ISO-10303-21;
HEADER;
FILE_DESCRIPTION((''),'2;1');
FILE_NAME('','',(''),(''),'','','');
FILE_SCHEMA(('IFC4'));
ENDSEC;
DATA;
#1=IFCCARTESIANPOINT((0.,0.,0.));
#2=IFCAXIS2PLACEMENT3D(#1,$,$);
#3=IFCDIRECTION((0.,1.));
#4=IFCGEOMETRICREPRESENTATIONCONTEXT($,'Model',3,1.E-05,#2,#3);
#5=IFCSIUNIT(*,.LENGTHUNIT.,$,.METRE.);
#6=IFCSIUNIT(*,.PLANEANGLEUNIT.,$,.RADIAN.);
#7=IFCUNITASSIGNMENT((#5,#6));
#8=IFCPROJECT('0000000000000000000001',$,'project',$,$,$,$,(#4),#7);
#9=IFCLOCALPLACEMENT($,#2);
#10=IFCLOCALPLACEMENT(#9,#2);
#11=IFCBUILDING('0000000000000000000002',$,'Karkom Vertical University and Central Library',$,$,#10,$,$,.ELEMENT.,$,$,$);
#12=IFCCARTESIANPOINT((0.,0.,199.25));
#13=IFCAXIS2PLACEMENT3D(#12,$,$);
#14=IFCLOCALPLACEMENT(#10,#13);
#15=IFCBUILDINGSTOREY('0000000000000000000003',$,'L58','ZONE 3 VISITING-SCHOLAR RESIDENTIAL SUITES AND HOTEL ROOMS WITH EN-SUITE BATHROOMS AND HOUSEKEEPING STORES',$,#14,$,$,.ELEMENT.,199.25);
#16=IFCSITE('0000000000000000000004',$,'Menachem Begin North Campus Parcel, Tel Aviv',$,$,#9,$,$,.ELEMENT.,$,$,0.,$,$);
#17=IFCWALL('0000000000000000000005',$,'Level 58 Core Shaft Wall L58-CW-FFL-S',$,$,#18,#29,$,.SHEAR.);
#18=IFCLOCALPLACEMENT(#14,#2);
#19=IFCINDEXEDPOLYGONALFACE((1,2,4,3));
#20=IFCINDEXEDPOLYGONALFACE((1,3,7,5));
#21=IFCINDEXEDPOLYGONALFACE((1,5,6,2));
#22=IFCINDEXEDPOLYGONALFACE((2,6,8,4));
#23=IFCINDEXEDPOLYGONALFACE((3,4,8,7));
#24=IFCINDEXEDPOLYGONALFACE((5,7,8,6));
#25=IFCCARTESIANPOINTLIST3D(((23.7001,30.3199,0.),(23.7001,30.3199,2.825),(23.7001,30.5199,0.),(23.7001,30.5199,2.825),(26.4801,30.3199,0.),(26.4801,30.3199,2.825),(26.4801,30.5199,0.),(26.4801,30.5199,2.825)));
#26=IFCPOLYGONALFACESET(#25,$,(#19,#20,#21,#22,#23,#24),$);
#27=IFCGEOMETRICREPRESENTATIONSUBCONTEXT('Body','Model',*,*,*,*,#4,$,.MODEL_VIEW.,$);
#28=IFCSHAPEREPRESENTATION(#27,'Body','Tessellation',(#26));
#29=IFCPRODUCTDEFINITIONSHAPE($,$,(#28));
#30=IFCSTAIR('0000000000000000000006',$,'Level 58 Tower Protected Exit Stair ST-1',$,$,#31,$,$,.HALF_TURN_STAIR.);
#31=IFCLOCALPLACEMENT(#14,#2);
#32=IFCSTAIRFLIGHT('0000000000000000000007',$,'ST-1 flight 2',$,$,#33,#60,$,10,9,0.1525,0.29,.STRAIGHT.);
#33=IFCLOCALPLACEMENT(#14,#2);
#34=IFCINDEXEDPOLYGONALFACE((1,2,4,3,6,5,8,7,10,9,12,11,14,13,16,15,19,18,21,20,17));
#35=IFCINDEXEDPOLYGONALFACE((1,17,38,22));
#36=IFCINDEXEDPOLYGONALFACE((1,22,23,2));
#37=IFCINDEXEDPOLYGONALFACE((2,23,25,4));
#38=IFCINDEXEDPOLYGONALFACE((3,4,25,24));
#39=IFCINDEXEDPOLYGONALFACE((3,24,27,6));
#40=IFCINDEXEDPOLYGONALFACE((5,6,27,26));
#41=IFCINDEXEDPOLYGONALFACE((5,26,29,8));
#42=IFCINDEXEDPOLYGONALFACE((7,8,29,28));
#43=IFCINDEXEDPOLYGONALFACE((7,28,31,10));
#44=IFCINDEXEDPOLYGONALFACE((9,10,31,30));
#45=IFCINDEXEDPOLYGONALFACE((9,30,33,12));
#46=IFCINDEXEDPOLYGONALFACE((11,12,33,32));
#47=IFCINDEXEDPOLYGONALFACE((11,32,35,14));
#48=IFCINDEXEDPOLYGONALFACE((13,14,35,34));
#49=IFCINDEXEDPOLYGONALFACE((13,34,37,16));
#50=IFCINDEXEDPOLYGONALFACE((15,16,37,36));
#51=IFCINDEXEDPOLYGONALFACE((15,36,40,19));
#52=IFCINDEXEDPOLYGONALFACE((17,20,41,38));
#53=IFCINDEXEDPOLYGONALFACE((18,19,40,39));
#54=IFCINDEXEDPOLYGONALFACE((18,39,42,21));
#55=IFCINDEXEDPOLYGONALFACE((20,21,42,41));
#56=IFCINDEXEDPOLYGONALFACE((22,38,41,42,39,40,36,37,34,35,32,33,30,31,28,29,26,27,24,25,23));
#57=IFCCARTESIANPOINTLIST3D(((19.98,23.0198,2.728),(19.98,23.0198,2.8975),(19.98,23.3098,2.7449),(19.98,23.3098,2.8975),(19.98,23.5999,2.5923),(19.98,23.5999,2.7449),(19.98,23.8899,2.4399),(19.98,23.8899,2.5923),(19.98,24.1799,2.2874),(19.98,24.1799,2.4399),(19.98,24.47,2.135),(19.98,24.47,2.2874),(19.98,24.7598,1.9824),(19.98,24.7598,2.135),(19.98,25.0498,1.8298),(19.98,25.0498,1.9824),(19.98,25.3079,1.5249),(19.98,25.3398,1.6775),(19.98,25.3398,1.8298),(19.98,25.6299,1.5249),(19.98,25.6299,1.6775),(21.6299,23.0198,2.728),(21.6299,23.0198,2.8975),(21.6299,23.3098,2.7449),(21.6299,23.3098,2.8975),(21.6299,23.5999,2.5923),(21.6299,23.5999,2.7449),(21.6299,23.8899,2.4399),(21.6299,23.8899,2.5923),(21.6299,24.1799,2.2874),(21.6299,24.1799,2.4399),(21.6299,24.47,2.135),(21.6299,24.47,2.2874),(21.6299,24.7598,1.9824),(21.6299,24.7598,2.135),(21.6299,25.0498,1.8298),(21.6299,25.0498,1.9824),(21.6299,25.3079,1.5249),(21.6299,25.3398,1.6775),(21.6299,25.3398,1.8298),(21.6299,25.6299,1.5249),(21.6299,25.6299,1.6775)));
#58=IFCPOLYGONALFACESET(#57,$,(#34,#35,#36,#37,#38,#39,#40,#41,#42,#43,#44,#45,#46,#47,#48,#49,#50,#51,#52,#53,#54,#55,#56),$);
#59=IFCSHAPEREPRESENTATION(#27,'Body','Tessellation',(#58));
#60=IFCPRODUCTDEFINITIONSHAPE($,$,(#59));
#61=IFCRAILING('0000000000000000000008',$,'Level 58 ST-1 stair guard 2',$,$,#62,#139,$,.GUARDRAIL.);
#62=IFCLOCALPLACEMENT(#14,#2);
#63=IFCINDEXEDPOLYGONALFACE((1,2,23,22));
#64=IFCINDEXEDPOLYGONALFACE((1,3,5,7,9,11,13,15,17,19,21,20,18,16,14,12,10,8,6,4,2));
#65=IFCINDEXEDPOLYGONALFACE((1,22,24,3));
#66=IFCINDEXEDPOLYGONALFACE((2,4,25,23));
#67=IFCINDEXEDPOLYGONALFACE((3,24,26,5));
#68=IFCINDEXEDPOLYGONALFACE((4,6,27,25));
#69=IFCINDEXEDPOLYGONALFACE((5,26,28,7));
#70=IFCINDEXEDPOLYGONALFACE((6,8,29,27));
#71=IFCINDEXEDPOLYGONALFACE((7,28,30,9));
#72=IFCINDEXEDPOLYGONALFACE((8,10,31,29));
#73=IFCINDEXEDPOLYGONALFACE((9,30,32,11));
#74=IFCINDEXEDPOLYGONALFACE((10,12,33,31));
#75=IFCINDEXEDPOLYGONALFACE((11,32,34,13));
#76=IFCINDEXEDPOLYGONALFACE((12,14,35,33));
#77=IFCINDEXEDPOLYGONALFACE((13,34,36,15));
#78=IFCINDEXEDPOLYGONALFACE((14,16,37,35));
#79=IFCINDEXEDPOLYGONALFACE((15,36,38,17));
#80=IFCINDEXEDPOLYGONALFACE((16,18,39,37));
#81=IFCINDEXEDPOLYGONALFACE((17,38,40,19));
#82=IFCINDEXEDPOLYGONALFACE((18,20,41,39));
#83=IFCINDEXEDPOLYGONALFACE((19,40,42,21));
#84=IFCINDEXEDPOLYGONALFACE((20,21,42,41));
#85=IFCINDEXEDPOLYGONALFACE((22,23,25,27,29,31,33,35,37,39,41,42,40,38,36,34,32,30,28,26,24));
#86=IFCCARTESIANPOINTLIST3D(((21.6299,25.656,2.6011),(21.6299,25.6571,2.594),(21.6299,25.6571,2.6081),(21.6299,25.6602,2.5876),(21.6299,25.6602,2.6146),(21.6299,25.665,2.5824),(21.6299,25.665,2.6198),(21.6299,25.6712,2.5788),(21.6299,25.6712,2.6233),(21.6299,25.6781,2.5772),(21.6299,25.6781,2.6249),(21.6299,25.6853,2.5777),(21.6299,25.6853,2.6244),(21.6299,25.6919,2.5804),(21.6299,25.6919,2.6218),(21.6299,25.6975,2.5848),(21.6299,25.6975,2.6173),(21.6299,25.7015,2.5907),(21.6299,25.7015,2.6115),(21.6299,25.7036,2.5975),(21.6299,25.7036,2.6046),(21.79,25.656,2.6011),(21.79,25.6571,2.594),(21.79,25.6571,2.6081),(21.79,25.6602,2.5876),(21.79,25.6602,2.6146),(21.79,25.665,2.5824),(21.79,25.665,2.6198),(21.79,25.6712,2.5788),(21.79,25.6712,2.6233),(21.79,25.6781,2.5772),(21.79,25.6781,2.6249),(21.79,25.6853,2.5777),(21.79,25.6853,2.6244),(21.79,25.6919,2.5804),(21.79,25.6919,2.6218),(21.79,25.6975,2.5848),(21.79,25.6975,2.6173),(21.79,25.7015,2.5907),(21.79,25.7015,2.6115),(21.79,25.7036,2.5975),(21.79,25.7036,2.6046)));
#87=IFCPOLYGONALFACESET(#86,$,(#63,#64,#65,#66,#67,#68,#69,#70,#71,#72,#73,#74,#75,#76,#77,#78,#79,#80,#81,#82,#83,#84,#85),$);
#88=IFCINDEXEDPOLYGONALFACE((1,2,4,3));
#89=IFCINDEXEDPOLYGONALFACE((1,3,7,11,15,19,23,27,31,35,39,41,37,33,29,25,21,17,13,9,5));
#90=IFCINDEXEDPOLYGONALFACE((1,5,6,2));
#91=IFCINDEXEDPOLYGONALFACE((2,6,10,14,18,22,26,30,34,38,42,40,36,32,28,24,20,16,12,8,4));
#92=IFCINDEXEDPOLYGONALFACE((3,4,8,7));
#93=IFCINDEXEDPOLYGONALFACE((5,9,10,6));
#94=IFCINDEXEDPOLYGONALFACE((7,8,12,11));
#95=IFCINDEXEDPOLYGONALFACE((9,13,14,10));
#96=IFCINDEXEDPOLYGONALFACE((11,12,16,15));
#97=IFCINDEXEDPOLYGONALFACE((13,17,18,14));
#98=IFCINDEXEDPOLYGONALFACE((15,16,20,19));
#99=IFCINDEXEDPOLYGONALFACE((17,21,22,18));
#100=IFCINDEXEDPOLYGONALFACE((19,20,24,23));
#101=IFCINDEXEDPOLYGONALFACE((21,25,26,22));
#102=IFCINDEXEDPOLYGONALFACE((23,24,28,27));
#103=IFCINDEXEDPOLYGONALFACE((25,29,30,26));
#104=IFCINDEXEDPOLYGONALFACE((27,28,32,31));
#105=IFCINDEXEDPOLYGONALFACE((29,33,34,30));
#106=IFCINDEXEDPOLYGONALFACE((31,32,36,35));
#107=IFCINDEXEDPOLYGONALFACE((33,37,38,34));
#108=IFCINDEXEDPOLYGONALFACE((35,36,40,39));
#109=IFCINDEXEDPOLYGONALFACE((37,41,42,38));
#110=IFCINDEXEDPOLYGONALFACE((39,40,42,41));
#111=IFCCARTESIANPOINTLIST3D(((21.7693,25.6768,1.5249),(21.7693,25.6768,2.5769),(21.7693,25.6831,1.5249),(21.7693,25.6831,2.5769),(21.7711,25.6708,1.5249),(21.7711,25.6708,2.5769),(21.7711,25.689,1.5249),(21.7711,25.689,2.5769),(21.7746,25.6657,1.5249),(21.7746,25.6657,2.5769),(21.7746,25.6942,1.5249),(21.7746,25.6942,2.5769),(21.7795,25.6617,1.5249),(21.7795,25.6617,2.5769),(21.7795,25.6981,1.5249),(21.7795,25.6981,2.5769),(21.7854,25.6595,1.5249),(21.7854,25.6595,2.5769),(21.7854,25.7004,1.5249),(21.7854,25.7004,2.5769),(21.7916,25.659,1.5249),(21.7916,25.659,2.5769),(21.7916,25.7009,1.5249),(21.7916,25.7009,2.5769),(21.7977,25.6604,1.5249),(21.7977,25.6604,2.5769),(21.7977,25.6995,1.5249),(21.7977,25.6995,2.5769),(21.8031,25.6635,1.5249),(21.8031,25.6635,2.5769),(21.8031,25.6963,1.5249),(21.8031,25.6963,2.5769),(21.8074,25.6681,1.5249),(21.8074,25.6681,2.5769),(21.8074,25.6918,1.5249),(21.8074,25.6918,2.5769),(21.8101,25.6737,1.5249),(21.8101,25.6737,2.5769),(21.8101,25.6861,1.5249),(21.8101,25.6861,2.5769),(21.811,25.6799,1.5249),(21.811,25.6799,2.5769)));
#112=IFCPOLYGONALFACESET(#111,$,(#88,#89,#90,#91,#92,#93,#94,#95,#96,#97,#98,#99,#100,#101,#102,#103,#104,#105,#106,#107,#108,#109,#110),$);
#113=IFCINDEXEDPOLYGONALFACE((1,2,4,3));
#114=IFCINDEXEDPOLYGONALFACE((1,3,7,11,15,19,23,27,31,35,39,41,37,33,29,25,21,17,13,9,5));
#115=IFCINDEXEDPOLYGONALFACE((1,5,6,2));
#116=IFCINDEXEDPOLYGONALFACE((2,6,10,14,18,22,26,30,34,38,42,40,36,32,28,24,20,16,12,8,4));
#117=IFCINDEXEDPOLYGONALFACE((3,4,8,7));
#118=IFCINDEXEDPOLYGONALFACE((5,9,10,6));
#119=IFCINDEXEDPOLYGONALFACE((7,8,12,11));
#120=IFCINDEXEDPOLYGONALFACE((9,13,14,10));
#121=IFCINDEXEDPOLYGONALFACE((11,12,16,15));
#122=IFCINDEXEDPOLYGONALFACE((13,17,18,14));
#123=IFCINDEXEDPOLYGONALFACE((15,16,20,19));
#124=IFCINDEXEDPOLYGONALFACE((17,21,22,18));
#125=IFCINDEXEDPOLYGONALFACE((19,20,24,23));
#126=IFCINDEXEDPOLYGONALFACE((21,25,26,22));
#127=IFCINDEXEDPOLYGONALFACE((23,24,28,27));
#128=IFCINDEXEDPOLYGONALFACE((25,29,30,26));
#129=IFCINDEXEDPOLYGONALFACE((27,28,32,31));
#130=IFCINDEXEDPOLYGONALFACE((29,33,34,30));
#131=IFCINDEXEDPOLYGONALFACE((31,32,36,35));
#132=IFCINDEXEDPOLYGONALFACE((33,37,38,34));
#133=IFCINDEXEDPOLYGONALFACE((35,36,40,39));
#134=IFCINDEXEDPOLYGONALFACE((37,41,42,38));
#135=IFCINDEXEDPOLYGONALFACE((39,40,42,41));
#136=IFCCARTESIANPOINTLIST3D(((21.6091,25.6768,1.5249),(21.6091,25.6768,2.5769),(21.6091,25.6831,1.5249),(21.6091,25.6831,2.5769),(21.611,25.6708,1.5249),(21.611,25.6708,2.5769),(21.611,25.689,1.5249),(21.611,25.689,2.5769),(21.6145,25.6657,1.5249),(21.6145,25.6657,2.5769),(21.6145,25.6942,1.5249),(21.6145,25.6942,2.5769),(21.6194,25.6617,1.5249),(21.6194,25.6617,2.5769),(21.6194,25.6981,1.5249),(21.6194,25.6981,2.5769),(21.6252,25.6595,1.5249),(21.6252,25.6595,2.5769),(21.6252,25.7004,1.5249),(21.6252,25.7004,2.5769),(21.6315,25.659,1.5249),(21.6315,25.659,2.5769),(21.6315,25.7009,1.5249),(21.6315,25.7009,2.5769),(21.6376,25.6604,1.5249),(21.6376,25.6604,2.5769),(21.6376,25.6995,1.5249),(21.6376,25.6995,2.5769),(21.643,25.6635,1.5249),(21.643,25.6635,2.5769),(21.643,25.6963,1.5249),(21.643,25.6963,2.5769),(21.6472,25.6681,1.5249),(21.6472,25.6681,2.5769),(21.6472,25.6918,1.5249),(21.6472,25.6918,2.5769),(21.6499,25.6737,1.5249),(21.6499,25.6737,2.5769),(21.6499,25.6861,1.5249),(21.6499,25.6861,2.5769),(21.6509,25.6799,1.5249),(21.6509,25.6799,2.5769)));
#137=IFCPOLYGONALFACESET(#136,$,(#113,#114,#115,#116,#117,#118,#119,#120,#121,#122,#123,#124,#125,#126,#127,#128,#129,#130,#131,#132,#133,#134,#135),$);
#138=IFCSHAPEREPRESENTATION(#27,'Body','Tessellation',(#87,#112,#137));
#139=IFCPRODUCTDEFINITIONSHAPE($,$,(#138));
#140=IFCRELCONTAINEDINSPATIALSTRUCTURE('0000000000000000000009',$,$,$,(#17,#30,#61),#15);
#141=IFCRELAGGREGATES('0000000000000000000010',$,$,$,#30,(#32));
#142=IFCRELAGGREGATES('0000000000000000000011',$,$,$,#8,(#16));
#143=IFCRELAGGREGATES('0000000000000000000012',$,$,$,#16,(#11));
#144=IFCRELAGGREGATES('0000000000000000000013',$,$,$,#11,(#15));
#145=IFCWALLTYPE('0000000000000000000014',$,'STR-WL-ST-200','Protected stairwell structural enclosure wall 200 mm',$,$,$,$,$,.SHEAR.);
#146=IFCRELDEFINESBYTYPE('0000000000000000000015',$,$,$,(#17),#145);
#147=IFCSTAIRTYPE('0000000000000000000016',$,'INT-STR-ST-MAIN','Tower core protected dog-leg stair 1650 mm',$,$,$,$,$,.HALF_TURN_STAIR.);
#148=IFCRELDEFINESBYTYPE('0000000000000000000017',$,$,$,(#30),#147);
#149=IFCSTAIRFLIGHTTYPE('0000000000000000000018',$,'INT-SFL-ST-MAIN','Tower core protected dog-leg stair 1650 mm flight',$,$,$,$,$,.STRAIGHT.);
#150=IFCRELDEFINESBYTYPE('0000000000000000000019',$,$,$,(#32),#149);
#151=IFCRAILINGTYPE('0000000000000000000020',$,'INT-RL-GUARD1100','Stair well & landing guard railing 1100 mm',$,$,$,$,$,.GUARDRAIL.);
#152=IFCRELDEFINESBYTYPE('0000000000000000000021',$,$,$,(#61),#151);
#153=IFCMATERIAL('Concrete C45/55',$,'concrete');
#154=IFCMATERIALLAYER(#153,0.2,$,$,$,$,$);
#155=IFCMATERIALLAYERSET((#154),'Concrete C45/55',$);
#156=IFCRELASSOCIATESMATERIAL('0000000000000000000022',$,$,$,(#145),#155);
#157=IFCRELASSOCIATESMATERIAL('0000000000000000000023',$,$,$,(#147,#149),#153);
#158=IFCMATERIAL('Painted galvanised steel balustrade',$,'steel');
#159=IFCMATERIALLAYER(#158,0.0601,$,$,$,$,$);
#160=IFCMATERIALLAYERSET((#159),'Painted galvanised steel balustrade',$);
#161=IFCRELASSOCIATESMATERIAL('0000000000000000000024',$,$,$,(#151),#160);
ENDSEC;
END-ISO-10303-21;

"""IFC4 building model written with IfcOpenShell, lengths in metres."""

from ifc_helpers import new_model, si_unit, direction, frame, frame_2d, origin, origin_2d, place, context, subcontext, project, spatial, polyline, rectangle, circle, outline, extrude, material, layer, layer_set, type_object, element, aggregate, save


model = new_model("IFC4")

# Units and contexts
model_context = context("Model", 3, precision=1e-05, world=origin(), true_north=direction((0.0, 1.0)))
body_context = subcontext(model_context, "Body", "Model", "MODEL_VIEW")
ifc_project = project(units=[si_unit("LENGTHUNIT", "METRE"), si_unit("PLANEANGLEUNIT", "RADIAN")], contexts=[model_context])

# Site, building, storey
site_placement = place(None, origin())
site = spatial("IfcSite", under=ifc_project, at=site_placement, Name="Menachem Begin North Campus Parcel, Tel Aviv", CompositionType="ELEMENT", RefElevation=0.0)
building_placement = place(site_placement, origin())
building = spatial("IfcBuilding", under=site, at=building_placement, Name="Karkom Vertical University and Central Library", CompositionType="ELEMENT")
storey_placement = place(building_placement, frame((0.0, 0.0, 199.25)))
storey = spatial("IfcBuildingStorey", under=building, at=storey_placement, Name="L58", Description="ZONE 3 VISITING-SCHOLAR RESIDENTIAL SUITES AND HOTEL ROOMS WITH EN-SUITE BATHROOMS AND HOUSEKEEPING STORES", CompositionType="ELEMENT", Elevation=199.25)

# Shared definitions
ifc_material_1 = material(Name="Concrete C45/55", Category="concrete")
ifc_layer_1 = layer(ifc_material_1, 0.2)
ifc_layer_set_1 = layer_set([ifc_layer_1], Name="Concrete C45/55")
wall_type_1 = type_object("IfcWallType", Name="STR-WL-ST-200", Description="Protected stairwell structural enclosure wall 200 mm", PredefinedType="SHEAR", material=ifc_layer_set_1)

# Wall
wall_1_placement = place(storey_placement, frame((23.7, 30.4199, 0.0), z_axis=(0.0, 0.0, 1.0), x_axis=(1.0, 0.0, 0.0)))
element("IfcWall", 1, at=wall_1_placement, inside=storey, type_object=wall_type_1, Name="Level 58 Core Shaft Wall L58-CW-FFL-S", PredefinedType="SHEAR", context=body_context, shape_type="SweptSolid", body=[
    extrude(rectangle(XDim=2.78, YDim=0.2, at=frame_2d((1.3901, 0.0))), origin(), (0.0, 0.0, 1.0), 2.825),
])

# Stair, stair flight
stair_type = type_object("IfcStairType", Name="INT-STR-ST-MAIN", Description="Tower core protected dog-leg stair 1650 mm", PredefinedType="HALF_TURN_STAIR", material=ifc_material_1)
stair_placement = place(storey_placement, origin())
stair = element("IfcStair", 2, at=stair_placement, inside=storey, type_object=stair_type, Name="Level 58 Tower Protected Exit Stair ST-1", PredefinedType="HALF_TURN_STAIR")
stair_flight_type = type_object("IfcStairFlightType", Name="INT-SFL-ST-MAIN", Description="Tower core protected dog-leg stair 1650 mm flight", PredefinedType="STRAIGHT", material=ifc_material_1)
stair_flight_placement = place(storey_placement, frame((20.8049, 25.6299, 1.5249), z_axis=(0.0, 0.0, 1.0), x_axis=(0.0, -1.0, 0.0)))
stair_flight = element("IfcStairFlight", 3, at=stair_flight_placement, type_object=stair_flight_type, Name="ST-1 flight 2", NumberOfRisers=10, NumberOfTreads=9, PredefinedType="STRAIGHT", RiserHeight=0.1525, TreadLength=0.29, context=body_context, shape_type="SweptSolid", body=[
    extrude(outline(polyline([(0.0, 0.0), (0.0, 0.1526), (0.29, 0.1526), (0.29, 0.3049), (0.5801, 0.3049), (0.5801, 0.4575), (0.8701, 0.4575), (0.8701, 0.6101), (1.1599, 0.6101), (1.1599, 0.7625), (1.45, 0.7625), (1.45, 0.915), (1.74, 0.915), (1.74, 1.0674), (2.03, 1.0674), (2.03, 1.22), (2.3201, 1.22), (2.3201, 1.3726), (2.6101, 1.3726), (2.6101, 1.5249), (2.6101, 1.2031), (0.322, 0.0), (0.0, 0.0)])), frame((0.0, 0.825, 0.0), z_axis=(0.0, -1.0, 0.0), x_axis=(1.0, 0.0, 0.0)), (0.0, 0.0, 1.0), 1.6499),
])
aggregate(stair, [stair_flight])

# Railing
ifc_material_2 = material(Name="Painted galvanised steel balustrade", Category="steel")
ifc_layer_2 = layer(ifc_material_2, 0.0601)
ifc_layer_set_2 = layer_set([ifc_layer_2], Name="Painted galvanised steel balustrade")
railing_type_1 = type_object("IfcRailingType", Name="INT-RL-GUARD1100", Description="Stair well & landing guard railing 1100 mm", PredefinedType="GUARDRAIL", material=ifc_layer_set_2)
railing_1_placement = place(storey_placement, frame((21.79, 25.6799, 1.5249)))
element("IfcRailing", 4, at=railing_1_placement, inside=storey, type_object=railing_type_1, Name="Level 58 ST-1 stair guard 2", PredefinedType="GUARDRAIL", context=body_context, shape_type="SweptSolid", body=[
    extrude(circle(Radius=0.0239, at=origin_2d()), frame((0.0, 0.0, 1.0762), z_axis=(-1.0, 0.0, 0.0), x_axis=(0.0, -1.0, 0.0)), (0.0, 0.0, 1.0), 0.1602),
    extrude(circle(Radius=0.021, at=origin_2d()), origin(), (0.0, 0.0, 1.0), 1.052),
    extrude(circle(Radius=0.021, at=origin_2d()), frame((-0.1602, 0.0, 0.0)), (0.0, 0.0, 1.0), 1.052),
])

save(model, "model.ifc")
